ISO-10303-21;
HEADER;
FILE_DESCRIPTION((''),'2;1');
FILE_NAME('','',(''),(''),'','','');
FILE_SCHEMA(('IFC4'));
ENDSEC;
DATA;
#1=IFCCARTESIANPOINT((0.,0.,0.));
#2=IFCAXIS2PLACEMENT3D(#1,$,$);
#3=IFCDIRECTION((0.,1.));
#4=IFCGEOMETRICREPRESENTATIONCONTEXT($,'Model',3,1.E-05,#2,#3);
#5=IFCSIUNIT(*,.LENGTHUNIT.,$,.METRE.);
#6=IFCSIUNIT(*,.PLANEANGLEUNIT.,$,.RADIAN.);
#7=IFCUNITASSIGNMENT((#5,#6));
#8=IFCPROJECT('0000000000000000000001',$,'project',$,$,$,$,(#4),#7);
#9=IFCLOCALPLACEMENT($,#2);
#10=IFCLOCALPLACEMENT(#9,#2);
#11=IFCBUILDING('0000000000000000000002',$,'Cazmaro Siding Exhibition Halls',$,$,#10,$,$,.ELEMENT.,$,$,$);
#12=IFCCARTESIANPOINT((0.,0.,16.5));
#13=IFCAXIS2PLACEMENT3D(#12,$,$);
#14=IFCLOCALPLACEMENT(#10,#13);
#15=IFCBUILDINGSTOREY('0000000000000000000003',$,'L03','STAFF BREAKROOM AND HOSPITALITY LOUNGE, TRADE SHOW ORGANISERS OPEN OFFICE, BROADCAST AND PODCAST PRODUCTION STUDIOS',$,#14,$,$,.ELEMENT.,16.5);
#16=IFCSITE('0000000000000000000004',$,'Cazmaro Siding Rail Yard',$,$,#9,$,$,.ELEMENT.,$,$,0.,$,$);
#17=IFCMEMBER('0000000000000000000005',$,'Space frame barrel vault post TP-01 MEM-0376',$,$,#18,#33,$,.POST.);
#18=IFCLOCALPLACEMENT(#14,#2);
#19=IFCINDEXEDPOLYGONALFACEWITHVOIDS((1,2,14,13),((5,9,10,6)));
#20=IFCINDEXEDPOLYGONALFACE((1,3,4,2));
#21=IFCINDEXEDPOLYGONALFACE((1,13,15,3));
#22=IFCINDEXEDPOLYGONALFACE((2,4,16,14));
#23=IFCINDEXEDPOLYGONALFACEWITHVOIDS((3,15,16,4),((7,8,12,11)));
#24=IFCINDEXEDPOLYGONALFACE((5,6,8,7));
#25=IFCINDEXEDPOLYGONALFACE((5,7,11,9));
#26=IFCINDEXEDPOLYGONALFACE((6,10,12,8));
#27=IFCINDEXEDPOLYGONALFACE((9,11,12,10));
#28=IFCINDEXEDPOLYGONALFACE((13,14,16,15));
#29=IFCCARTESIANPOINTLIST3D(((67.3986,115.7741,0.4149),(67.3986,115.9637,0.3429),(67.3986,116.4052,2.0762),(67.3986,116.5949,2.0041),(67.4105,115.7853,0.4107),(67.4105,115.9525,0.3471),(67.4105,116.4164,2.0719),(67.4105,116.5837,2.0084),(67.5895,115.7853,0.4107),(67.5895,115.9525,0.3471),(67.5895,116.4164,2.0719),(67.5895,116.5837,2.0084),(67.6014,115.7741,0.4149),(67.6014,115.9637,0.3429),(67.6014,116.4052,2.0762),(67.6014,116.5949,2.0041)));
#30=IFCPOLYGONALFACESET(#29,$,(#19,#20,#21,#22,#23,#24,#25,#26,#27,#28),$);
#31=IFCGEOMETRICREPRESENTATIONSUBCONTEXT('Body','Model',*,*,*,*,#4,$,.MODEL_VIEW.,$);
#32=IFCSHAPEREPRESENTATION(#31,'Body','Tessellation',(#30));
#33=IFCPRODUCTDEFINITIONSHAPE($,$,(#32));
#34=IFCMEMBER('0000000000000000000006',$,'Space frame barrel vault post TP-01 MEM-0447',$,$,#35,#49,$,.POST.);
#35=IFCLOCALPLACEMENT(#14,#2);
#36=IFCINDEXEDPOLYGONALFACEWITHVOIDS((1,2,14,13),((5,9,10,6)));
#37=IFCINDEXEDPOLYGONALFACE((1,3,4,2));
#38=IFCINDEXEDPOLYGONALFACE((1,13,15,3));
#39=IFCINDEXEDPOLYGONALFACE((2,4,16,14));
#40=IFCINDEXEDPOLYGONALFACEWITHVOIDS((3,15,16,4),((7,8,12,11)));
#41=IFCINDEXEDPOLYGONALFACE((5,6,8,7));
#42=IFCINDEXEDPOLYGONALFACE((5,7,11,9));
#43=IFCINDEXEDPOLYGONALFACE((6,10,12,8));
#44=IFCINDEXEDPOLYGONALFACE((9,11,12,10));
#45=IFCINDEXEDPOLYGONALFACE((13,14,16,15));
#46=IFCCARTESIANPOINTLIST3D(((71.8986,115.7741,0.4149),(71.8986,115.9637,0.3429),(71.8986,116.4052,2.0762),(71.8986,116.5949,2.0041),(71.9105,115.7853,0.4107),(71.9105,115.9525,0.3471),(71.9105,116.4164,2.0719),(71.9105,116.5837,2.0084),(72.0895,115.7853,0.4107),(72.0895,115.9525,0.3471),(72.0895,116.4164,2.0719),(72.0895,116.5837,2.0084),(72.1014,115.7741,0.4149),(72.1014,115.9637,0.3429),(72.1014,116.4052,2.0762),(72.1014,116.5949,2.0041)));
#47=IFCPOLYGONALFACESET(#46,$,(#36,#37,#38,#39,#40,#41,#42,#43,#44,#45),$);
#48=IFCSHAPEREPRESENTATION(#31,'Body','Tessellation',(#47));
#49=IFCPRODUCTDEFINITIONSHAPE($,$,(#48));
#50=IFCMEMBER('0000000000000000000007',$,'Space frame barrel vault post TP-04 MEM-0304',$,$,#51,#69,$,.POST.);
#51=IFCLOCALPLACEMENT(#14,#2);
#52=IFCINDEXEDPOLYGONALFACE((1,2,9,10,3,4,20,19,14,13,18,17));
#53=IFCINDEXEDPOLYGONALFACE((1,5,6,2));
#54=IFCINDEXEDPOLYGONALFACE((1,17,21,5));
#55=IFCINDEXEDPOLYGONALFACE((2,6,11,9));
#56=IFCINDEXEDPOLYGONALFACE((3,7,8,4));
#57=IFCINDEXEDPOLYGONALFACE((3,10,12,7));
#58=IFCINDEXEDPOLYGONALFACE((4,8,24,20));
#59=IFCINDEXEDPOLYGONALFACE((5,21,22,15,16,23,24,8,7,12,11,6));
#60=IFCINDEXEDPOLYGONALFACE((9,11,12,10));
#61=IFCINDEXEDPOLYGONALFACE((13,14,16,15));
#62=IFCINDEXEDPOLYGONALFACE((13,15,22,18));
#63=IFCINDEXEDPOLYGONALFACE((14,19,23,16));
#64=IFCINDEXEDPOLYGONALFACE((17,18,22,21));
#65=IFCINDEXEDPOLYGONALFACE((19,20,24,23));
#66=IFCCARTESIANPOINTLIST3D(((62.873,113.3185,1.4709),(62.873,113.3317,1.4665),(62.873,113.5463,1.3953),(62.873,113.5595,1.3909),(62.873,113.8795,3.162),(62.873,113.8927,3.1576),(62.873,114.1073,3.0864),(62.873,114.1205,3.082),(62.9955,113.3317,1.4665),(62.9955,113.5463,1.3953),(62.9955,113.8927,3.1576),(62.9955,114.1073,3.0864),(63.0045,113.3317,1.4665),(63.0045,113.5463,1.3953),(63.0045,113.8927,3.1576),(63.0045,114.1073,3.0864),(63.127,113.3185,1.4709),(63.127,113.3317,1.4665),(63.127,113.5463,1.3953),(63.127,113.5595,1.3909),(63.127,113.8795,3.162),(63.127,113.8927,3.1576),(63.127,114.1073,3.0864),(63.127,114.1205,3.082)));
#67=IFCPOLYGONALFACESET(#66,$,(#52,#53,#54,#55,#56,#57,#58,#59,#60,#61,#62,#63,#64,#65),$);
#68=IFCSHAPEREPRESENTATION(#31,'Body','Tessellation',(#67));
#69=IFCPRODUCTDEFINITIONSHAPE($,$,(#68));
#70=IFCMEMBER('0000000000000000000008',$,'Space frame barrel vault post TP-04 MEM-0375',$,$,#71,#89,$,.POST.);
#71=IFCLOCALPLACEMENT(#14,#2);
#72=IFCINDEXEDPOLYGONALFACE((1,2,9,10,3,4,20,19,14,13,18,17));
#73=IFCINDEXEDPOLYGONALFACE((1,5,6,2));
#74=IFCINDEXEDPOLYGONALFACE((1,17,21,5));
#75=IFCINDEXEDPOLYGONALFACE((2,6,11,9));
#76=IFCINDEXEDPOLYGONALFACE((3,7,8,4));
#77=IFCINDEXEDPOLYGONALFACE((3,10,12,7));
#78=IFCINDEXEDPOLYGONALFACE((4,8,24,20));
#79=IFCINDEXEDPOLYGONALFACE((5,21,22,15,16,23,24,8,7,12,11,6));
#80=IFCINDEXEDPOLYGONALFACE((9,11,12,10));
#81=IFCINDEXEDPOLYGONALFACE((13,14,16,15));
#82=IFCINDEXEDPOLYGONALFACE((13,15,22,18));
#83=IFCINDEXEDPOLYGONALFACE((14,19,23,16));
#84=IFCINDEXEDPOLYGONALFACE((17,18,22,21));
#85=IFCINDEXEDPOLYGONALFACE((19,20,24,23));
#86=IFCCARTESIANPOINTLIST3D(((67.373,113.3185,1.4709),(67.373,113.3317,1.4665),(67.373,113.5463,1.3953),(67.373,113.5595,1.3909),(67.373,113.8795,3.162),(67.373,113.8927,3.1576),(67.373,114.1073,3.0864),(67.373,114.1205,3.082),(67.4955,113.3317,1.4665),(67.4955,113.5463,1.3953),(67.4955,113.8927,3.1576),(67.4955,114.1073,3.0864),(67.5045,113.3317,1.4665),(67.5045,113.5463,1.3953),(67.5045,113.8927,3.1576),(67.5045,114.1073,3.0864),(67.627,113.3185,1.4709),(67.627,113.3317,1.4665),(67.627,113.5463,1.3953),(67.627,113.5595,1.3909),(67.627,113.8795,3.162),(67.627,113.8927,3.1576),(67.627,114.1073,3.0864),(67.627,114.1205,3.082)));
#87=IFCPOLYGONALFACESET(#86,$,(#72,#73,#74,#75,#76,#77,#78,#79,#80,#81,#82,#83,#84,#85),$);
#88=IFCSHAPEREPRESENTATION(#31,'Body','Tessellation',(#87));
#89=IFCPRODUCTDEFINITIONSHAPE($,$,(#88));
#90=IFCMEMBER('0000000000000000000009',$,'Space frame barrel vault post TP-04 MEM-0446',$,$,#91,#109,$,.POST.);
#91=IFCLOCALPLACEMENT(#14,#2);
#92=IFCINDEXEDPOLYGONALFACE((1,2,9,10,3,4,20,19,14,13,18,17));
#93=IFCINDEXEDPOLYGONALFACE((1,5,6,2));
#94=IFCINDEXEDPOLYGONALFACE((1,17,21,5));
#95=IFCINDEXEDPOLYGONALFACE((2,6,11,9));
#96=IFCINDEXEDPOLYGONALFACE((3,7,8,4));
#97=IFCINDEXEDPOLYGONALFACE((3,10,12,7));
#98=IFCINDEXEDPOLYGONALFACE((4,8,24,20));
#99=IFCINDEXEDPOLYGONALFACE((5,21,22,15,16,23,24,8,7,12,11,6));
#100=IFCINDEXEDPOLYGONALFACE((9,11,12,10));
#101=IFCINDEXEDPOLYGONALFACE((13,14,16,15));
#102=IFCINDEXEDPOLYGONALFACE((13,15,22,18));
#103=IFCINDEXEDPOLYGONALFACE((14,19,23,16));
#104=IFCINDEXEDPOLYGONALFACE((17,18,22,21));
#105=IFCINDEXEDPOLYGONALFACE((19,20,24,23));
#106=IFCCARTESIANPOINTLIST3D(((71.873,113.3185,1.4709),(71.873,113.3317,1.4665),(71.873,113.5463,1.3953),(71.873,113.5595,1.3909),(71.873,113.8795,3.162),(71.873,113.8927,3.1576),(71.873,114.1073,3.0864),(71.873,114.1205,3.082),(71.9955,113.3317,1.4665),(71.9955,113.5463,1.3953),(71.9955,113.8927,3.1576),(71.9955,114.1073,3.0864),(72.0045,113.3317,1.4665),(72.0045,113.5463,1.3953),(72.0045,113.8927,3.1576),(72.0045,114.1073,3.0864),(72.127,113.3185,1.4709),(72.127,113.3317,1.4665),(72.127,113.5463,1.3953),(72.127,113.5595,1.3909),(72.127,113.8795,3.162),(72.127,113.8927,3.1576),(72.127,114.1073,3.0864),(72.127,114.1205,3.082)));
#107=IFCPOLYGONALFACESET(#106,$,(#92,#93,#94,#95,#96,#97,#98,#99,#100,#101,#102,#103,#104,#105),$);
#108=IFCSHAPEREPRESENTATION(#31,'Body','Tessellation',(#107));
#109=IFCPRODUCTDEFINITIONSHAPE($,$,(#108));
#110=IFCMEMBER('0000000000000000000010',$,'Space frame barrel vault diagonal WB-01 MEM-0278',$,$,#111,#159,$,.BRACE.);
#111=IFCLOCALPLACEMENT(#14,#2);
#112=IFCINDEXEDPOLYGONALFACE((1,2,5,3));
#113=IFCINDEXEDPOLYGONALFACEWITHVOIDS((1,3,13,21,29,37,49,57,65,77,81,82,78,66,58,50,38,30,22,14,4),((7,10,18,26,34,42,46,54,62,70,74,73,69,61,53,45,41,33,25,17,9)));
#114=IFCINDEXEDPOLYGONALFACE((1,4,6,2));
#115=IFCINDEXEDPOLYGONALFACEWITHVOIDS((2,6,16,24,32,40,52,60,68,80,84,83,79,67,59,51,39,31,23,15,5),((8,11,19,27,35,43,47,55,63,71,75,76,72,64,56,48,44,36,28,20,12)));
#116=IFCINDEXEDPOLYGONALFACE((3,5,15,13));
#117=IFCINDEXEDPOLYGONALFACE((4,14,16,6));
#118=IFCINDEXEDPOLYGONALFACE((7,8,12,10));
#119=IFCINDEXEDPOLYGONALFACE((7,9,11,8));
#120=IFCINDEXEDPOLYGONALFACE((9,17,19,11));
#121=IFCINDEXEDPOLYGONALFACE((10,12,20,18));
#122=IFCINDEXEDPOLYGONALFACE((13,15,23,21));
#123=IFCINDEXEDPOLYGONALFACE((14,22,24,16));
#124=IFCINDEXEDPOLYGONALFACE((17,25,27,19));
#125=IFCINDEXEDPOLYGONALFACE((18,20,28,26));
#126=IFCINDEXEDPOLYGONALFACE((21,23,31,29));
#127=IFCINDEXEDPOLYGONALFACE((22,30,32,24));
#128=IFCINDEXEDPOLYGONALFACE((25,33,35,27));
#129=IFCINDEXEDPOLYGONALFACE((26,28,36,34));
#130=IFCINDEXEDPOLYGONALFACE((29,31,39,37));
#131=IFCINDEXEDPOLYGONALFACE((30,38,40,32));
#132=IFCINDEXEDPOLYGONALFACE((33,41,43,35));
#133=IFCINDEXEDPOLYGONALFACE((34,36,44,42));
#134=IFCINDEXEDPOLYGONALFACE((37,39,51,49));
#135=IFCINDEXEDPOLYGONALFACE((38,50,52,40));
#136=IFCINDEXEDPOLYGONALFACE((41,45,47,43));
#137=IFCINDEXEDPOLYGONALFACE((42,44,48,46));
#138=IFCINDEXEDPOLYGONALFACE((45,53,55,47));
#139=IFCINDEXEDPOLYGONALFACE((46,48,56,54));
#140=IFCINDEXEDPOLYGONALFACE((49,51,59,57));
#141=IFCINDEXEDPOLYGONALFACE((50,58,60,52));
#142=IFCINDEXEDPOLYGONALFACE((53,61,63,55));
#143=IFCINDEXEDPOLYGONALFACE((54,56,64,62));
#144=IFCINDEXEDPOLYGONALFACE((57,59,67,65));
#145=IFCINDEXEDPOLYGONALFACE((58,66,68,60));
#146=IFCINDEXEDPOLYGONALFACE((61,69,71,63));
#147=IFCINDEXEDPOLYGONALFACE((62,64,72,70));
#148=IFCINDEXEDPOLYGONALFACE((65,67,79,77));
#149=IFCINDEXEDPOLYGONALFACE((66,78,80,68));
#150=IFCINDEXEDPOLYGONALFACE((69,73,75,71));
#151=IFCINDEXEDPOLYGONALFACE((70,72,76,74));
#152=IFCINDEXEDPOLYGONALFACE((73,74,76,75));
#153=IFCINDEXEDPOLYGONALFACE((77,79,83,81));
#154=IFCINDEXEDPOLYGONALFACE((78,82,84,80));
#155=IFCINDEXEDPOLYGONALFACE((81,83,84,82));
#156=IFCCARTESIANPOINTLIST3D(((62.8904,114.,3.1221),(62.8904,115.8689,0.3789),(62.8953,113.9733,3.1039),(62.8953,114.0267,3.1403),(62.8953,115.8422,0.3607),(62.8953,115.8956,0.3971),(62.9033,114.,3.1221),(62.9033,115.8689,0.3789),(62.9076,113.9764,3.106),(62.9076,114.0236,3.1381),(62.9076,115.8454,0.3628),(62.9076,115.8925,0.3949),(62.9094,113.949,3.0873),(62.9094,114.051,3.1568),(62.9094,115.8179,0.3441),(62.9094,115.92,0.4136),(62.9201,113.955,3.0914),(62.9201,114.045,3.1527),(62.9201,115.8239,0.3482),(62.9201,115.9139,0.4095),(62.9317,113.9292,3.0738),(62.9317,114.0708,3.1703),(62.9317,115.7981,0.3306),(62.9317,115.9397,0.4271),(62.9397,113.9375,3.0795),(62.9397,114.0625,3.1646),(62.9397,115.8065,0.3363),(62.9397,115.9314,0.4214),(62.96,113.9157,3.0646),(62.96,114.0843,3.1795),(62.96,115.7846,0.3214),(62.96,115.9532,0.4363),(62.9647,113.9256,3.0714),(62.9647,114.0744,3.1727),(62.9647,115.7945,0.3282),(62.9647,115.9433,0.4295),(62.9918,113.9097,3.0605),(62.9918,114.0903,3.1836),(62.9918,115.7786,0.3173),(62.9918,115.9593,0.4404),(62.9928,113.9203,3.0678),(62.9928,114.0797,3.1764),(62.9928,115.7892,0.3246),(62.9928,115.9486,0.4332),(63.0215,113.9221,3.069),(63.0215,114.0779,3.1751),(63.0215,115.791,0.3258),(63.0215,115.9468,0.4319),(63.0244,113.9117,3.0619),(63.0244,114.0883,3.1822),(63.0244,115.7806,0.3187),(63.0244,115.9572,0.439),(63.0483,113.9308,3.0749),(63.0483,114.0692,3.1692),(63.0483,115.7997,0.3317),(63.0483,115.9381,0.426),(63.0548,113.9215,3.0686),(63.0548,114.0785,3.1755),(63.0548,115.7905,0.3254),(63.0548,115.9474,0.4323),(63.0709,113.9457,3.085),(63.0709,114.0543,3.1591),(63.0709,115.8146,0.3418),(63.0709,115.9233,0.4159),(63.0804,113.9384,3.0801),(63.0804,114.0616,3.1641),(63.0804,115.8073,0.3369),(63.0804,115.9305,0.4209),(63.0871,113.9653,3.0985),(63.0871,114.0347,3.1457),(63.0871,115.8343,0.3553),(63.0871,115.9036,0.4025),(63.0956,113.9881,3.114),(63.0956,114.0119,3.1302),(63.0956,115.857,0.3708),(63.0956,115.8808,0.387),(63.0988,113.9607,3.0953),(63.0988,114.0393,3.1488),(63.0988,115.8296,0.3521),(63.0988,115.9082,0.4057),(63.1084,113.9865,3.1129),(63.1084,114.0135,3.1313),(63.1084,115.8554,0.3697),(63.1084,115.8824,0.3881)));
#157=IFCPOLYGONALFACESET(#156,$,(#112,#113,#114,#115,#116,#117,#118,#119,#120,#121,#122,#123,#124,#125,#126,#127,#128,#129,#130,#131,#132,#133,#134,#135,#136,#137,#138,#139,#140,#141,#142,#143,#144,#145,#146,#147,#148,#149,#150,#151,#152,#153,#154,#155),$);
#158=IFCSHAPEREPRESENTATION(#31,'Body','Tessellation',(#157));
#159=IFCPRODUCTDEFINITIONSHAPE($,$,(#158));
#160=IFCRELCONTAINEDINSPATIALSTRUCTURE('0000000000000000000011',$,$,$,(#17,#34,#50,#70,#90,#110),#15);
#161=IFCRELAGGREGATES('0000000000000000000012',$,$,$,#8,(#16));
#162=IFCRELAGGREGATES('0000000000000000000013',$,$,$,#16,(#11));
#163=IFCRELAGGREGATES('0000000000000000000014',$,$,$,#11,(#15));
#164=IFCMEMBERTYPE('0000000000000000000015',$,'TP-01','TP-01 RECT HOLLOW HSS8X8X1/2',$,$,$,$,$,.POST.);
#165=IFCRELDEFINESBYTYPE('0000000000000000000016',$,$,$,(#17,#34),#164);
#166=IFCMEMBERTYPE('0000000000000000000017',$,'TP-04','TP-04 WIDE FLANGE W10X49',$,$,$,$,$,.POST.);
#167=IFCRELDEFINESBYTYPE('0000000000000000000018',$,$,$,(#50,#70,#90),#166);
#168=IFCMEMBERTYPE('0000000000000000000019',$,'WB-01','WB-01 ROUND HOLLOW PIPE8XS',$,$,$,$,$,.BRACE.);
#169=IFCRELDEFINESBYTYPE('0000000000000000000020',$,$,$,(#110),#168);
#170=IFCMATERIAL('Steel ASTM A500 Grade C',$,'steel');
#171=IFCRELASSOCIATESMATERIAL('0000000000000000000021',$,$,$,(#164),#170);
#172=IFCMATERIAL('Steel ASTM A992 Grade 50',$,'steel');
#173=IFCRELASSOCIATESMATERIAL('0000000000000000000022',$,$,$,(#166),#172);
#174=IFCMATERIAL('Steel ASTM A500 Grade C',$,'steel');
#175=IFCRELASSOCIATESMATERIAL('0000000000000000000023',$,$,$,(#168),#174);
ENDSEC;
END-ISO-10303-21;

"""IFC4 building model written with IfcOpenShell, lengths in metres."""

from ifc_helpers import new_model, si_unit, direction, frame, origin, origin_2d, place, context, subcontext, project, spatial, hollow_rectangle, hollow_circle, i_section, extrude, material, material_profile, profile_set, type_object, element, save


model = new_model("IFC4")

# Units and contexts
model_context = context("Model", 3, precision=1e-05, world=origin(), true_north=direction((0.0, 1.0)))
body_context = subcontext(model_context, "Body", "Model", "MODEL_VIEW")
ifc_project = project(units=[si_unit("LENGTHUNIT", "METRE"), si_unit("PLANEANGLEUNIT", "RADIAN")], contexts=[model_context])

# Site, building, storey
site_placement = place(None, origin())
site = spatial("IfcSite", under=ifc_project, at=site_placement, Name="Cazmaro Siding Rail Yard", CompositionType="ELEMENT", RefElevation=0.0)
building_placement = place(site_placement, origin())
building = spatial("IfcBuilding", under=site, at=building_placement, Name="Cazmaro Siding Exhibition Halls", CompositionType="ELEMENT")
storey_placement = place(building_placement, frame((0.0, 0.0, 16.5)))
storey = spatial("IfcBuildingStorey", under=building, at=storey_placement, Name="L03", Description="STAFF BREAKROOM AND HOSPITALITY LOUNGE, TRADE SHOW ORGANISERS OPEN OFFICE, BROADCAST AND PODCAST PRODUCTION STUDIOS", CompositionType="ELEMENT", Elevation=16.5)

# Members
ifc_material_1 = material(Name="Steel ASTM A500 Grade C", Category="steel")
ifc_material_profile_1 = material_profile(ifc_material_1, hollow_rectangle(XDim=0.2029, YDim=0.2029, WallThickness=0.012, at=origin_2d()), Name="HSS8X8X1/2")
ifc_profile_set_1 = profile_set([ifc_material_profile_1], Name="Steel ASTM A500 Grade C")
member_type_1 = type_object("IfcMemberType", Name="TP-01", Description="TP-01 RECT HOLLOW HSS8X8X1/2", PredefinedType="POST", material=ifc_profile_set_1)
for number, where, z_axis, x_axis, name in (
    (1, (67.5, 115.8689, 0.3789), (0.0, 0.355155, 0.934807), (-1.0, 0.0, 0.0), "Space frame barrel vault post TP-01 MEM-0376"),
    (2, (72.0, 115.8689, 0.3789), (0.0, 0.355155, 0.934807), (-1.0, 0.0, 0.0), "Space frame barrel vault post TP-01 MEM-0447"),
):
    element("IfcMember", number, at=place(storey_placement, frame(where, z_axis=z_axis, x_axis=x_axis)), inside=storey, type_object=member_type_1, Name=name, PredefinedType="POST", context=body_context, shape_type="SweptSolid", body=[
        extrude(hollow_rectangle(XDim=0.2029, YDim=0.2029, WallThickness=0.012, at=origin_2d()), origin(), (0.0, 0.0, 1.0), 1.7771),
    ])
ifc_material_2 = material(Name="Steel ASTM A992 Grade 50", Category="steel")
ifc_material_profile_2 = material_profile(ifc_material_2, i_section(OverallWidth=0.2539, OverallDepth=0.2539, WebThickness=0.009, FlangeThickness=0.0139, at=origin_2d()), Name="W10X49")
ifc_profile_set_2 = profile_set([ifc_material_profile_2], Name="Steel ASTM A992 Grade 50")
member_type_2 = type_object("IfcMemberType", Name="TP-04", Description="TP-04 WIDE FLANGE W10X49", PredefinedType="POST", material=ifc_profile_set_2)
for number, where, z_axis, x_axis, name in (
    (3, (63.0, 113.439, 1.4309), (0.0, 0.314871, 0.949134), (-1.0, 0.0, 0.0), "Space frame barrel vault post TP-04 MEM-0304"),
    (4, (67.5, 113.439, 1.4309), (0.0, 0.314871, 0.949134), (-1.0, 0.0, 0.0), "Space frame barrel vault post TP-04 MEM-0375"),
    (5, (72.0, 113.439, 1.4309), (0.0, 0.314871, 0.949134), (-1.0, 0.0, 0.0), "Space frame barrel vault post TP-04 MEM-0446"),
):
    element("IfcMember", number, at=place(storey_placement, frame(where, z_axis=z_axis, x_axis=x_axis)), inside=storey, type_object=member_type_2, Name=name, PredefinedType="POST", context=body_context, shape_type="SweptSolid", body=[
        extrude(i_section(OverallWidth=0.2539, OverallDepth=0.2539, WebThickness=0.009, FlangeThickness=0.0139, at=origin_2d()), origin(), (0.0, 0.0, 1.0), 1.7817),
    ])
ifc_material_3 = material(Name="Steel ASTM A500 Grade C", Category="steel")
ifc_material_profile_3 = material_profile(ifc_material_3, hollow_circle(Radius=0.1096, WallThickness=0.0129, at=origin_2d()), Name="PIPE8XS")
ifc_profile_set_3 = profile_set([ifc_material_profile_3], Name="Steel ASTM A500 Grade C")
member_type_3 = type_object("IfcMemberType", Name="WB-01", Description="WB-01 ROUND HOLLOW PIPE8XS", PredefinedType="BRACE", material=ifc_profile_set_3)
for number, where, z_axis, x_axis, name in (
    (6, (63.0, 114.0, 3.1221), (0.0, 0.56304, -0.82643), (-1.0, 0.0, 0.0), "Space frame barrel vault diagonal WB-01 MEM-0278"),
):
    element("IfcMember", number, at=place(storey_placement, frame(where, z_axis=z_axis, x_axis=x_axis)), inside=storey, type_object=member_type_3, Name=name, PredefinedType="BRACE", context=body_context, shape_type="SweptSolid", body=[
        extrude(hollow_circle(Radius=0.1096, WallThickness=0.0129, at=origin_2d()), origin(), (0.0, 0.0, 1.0), 3.3193),
    ])

save(model, "model.ifc")
